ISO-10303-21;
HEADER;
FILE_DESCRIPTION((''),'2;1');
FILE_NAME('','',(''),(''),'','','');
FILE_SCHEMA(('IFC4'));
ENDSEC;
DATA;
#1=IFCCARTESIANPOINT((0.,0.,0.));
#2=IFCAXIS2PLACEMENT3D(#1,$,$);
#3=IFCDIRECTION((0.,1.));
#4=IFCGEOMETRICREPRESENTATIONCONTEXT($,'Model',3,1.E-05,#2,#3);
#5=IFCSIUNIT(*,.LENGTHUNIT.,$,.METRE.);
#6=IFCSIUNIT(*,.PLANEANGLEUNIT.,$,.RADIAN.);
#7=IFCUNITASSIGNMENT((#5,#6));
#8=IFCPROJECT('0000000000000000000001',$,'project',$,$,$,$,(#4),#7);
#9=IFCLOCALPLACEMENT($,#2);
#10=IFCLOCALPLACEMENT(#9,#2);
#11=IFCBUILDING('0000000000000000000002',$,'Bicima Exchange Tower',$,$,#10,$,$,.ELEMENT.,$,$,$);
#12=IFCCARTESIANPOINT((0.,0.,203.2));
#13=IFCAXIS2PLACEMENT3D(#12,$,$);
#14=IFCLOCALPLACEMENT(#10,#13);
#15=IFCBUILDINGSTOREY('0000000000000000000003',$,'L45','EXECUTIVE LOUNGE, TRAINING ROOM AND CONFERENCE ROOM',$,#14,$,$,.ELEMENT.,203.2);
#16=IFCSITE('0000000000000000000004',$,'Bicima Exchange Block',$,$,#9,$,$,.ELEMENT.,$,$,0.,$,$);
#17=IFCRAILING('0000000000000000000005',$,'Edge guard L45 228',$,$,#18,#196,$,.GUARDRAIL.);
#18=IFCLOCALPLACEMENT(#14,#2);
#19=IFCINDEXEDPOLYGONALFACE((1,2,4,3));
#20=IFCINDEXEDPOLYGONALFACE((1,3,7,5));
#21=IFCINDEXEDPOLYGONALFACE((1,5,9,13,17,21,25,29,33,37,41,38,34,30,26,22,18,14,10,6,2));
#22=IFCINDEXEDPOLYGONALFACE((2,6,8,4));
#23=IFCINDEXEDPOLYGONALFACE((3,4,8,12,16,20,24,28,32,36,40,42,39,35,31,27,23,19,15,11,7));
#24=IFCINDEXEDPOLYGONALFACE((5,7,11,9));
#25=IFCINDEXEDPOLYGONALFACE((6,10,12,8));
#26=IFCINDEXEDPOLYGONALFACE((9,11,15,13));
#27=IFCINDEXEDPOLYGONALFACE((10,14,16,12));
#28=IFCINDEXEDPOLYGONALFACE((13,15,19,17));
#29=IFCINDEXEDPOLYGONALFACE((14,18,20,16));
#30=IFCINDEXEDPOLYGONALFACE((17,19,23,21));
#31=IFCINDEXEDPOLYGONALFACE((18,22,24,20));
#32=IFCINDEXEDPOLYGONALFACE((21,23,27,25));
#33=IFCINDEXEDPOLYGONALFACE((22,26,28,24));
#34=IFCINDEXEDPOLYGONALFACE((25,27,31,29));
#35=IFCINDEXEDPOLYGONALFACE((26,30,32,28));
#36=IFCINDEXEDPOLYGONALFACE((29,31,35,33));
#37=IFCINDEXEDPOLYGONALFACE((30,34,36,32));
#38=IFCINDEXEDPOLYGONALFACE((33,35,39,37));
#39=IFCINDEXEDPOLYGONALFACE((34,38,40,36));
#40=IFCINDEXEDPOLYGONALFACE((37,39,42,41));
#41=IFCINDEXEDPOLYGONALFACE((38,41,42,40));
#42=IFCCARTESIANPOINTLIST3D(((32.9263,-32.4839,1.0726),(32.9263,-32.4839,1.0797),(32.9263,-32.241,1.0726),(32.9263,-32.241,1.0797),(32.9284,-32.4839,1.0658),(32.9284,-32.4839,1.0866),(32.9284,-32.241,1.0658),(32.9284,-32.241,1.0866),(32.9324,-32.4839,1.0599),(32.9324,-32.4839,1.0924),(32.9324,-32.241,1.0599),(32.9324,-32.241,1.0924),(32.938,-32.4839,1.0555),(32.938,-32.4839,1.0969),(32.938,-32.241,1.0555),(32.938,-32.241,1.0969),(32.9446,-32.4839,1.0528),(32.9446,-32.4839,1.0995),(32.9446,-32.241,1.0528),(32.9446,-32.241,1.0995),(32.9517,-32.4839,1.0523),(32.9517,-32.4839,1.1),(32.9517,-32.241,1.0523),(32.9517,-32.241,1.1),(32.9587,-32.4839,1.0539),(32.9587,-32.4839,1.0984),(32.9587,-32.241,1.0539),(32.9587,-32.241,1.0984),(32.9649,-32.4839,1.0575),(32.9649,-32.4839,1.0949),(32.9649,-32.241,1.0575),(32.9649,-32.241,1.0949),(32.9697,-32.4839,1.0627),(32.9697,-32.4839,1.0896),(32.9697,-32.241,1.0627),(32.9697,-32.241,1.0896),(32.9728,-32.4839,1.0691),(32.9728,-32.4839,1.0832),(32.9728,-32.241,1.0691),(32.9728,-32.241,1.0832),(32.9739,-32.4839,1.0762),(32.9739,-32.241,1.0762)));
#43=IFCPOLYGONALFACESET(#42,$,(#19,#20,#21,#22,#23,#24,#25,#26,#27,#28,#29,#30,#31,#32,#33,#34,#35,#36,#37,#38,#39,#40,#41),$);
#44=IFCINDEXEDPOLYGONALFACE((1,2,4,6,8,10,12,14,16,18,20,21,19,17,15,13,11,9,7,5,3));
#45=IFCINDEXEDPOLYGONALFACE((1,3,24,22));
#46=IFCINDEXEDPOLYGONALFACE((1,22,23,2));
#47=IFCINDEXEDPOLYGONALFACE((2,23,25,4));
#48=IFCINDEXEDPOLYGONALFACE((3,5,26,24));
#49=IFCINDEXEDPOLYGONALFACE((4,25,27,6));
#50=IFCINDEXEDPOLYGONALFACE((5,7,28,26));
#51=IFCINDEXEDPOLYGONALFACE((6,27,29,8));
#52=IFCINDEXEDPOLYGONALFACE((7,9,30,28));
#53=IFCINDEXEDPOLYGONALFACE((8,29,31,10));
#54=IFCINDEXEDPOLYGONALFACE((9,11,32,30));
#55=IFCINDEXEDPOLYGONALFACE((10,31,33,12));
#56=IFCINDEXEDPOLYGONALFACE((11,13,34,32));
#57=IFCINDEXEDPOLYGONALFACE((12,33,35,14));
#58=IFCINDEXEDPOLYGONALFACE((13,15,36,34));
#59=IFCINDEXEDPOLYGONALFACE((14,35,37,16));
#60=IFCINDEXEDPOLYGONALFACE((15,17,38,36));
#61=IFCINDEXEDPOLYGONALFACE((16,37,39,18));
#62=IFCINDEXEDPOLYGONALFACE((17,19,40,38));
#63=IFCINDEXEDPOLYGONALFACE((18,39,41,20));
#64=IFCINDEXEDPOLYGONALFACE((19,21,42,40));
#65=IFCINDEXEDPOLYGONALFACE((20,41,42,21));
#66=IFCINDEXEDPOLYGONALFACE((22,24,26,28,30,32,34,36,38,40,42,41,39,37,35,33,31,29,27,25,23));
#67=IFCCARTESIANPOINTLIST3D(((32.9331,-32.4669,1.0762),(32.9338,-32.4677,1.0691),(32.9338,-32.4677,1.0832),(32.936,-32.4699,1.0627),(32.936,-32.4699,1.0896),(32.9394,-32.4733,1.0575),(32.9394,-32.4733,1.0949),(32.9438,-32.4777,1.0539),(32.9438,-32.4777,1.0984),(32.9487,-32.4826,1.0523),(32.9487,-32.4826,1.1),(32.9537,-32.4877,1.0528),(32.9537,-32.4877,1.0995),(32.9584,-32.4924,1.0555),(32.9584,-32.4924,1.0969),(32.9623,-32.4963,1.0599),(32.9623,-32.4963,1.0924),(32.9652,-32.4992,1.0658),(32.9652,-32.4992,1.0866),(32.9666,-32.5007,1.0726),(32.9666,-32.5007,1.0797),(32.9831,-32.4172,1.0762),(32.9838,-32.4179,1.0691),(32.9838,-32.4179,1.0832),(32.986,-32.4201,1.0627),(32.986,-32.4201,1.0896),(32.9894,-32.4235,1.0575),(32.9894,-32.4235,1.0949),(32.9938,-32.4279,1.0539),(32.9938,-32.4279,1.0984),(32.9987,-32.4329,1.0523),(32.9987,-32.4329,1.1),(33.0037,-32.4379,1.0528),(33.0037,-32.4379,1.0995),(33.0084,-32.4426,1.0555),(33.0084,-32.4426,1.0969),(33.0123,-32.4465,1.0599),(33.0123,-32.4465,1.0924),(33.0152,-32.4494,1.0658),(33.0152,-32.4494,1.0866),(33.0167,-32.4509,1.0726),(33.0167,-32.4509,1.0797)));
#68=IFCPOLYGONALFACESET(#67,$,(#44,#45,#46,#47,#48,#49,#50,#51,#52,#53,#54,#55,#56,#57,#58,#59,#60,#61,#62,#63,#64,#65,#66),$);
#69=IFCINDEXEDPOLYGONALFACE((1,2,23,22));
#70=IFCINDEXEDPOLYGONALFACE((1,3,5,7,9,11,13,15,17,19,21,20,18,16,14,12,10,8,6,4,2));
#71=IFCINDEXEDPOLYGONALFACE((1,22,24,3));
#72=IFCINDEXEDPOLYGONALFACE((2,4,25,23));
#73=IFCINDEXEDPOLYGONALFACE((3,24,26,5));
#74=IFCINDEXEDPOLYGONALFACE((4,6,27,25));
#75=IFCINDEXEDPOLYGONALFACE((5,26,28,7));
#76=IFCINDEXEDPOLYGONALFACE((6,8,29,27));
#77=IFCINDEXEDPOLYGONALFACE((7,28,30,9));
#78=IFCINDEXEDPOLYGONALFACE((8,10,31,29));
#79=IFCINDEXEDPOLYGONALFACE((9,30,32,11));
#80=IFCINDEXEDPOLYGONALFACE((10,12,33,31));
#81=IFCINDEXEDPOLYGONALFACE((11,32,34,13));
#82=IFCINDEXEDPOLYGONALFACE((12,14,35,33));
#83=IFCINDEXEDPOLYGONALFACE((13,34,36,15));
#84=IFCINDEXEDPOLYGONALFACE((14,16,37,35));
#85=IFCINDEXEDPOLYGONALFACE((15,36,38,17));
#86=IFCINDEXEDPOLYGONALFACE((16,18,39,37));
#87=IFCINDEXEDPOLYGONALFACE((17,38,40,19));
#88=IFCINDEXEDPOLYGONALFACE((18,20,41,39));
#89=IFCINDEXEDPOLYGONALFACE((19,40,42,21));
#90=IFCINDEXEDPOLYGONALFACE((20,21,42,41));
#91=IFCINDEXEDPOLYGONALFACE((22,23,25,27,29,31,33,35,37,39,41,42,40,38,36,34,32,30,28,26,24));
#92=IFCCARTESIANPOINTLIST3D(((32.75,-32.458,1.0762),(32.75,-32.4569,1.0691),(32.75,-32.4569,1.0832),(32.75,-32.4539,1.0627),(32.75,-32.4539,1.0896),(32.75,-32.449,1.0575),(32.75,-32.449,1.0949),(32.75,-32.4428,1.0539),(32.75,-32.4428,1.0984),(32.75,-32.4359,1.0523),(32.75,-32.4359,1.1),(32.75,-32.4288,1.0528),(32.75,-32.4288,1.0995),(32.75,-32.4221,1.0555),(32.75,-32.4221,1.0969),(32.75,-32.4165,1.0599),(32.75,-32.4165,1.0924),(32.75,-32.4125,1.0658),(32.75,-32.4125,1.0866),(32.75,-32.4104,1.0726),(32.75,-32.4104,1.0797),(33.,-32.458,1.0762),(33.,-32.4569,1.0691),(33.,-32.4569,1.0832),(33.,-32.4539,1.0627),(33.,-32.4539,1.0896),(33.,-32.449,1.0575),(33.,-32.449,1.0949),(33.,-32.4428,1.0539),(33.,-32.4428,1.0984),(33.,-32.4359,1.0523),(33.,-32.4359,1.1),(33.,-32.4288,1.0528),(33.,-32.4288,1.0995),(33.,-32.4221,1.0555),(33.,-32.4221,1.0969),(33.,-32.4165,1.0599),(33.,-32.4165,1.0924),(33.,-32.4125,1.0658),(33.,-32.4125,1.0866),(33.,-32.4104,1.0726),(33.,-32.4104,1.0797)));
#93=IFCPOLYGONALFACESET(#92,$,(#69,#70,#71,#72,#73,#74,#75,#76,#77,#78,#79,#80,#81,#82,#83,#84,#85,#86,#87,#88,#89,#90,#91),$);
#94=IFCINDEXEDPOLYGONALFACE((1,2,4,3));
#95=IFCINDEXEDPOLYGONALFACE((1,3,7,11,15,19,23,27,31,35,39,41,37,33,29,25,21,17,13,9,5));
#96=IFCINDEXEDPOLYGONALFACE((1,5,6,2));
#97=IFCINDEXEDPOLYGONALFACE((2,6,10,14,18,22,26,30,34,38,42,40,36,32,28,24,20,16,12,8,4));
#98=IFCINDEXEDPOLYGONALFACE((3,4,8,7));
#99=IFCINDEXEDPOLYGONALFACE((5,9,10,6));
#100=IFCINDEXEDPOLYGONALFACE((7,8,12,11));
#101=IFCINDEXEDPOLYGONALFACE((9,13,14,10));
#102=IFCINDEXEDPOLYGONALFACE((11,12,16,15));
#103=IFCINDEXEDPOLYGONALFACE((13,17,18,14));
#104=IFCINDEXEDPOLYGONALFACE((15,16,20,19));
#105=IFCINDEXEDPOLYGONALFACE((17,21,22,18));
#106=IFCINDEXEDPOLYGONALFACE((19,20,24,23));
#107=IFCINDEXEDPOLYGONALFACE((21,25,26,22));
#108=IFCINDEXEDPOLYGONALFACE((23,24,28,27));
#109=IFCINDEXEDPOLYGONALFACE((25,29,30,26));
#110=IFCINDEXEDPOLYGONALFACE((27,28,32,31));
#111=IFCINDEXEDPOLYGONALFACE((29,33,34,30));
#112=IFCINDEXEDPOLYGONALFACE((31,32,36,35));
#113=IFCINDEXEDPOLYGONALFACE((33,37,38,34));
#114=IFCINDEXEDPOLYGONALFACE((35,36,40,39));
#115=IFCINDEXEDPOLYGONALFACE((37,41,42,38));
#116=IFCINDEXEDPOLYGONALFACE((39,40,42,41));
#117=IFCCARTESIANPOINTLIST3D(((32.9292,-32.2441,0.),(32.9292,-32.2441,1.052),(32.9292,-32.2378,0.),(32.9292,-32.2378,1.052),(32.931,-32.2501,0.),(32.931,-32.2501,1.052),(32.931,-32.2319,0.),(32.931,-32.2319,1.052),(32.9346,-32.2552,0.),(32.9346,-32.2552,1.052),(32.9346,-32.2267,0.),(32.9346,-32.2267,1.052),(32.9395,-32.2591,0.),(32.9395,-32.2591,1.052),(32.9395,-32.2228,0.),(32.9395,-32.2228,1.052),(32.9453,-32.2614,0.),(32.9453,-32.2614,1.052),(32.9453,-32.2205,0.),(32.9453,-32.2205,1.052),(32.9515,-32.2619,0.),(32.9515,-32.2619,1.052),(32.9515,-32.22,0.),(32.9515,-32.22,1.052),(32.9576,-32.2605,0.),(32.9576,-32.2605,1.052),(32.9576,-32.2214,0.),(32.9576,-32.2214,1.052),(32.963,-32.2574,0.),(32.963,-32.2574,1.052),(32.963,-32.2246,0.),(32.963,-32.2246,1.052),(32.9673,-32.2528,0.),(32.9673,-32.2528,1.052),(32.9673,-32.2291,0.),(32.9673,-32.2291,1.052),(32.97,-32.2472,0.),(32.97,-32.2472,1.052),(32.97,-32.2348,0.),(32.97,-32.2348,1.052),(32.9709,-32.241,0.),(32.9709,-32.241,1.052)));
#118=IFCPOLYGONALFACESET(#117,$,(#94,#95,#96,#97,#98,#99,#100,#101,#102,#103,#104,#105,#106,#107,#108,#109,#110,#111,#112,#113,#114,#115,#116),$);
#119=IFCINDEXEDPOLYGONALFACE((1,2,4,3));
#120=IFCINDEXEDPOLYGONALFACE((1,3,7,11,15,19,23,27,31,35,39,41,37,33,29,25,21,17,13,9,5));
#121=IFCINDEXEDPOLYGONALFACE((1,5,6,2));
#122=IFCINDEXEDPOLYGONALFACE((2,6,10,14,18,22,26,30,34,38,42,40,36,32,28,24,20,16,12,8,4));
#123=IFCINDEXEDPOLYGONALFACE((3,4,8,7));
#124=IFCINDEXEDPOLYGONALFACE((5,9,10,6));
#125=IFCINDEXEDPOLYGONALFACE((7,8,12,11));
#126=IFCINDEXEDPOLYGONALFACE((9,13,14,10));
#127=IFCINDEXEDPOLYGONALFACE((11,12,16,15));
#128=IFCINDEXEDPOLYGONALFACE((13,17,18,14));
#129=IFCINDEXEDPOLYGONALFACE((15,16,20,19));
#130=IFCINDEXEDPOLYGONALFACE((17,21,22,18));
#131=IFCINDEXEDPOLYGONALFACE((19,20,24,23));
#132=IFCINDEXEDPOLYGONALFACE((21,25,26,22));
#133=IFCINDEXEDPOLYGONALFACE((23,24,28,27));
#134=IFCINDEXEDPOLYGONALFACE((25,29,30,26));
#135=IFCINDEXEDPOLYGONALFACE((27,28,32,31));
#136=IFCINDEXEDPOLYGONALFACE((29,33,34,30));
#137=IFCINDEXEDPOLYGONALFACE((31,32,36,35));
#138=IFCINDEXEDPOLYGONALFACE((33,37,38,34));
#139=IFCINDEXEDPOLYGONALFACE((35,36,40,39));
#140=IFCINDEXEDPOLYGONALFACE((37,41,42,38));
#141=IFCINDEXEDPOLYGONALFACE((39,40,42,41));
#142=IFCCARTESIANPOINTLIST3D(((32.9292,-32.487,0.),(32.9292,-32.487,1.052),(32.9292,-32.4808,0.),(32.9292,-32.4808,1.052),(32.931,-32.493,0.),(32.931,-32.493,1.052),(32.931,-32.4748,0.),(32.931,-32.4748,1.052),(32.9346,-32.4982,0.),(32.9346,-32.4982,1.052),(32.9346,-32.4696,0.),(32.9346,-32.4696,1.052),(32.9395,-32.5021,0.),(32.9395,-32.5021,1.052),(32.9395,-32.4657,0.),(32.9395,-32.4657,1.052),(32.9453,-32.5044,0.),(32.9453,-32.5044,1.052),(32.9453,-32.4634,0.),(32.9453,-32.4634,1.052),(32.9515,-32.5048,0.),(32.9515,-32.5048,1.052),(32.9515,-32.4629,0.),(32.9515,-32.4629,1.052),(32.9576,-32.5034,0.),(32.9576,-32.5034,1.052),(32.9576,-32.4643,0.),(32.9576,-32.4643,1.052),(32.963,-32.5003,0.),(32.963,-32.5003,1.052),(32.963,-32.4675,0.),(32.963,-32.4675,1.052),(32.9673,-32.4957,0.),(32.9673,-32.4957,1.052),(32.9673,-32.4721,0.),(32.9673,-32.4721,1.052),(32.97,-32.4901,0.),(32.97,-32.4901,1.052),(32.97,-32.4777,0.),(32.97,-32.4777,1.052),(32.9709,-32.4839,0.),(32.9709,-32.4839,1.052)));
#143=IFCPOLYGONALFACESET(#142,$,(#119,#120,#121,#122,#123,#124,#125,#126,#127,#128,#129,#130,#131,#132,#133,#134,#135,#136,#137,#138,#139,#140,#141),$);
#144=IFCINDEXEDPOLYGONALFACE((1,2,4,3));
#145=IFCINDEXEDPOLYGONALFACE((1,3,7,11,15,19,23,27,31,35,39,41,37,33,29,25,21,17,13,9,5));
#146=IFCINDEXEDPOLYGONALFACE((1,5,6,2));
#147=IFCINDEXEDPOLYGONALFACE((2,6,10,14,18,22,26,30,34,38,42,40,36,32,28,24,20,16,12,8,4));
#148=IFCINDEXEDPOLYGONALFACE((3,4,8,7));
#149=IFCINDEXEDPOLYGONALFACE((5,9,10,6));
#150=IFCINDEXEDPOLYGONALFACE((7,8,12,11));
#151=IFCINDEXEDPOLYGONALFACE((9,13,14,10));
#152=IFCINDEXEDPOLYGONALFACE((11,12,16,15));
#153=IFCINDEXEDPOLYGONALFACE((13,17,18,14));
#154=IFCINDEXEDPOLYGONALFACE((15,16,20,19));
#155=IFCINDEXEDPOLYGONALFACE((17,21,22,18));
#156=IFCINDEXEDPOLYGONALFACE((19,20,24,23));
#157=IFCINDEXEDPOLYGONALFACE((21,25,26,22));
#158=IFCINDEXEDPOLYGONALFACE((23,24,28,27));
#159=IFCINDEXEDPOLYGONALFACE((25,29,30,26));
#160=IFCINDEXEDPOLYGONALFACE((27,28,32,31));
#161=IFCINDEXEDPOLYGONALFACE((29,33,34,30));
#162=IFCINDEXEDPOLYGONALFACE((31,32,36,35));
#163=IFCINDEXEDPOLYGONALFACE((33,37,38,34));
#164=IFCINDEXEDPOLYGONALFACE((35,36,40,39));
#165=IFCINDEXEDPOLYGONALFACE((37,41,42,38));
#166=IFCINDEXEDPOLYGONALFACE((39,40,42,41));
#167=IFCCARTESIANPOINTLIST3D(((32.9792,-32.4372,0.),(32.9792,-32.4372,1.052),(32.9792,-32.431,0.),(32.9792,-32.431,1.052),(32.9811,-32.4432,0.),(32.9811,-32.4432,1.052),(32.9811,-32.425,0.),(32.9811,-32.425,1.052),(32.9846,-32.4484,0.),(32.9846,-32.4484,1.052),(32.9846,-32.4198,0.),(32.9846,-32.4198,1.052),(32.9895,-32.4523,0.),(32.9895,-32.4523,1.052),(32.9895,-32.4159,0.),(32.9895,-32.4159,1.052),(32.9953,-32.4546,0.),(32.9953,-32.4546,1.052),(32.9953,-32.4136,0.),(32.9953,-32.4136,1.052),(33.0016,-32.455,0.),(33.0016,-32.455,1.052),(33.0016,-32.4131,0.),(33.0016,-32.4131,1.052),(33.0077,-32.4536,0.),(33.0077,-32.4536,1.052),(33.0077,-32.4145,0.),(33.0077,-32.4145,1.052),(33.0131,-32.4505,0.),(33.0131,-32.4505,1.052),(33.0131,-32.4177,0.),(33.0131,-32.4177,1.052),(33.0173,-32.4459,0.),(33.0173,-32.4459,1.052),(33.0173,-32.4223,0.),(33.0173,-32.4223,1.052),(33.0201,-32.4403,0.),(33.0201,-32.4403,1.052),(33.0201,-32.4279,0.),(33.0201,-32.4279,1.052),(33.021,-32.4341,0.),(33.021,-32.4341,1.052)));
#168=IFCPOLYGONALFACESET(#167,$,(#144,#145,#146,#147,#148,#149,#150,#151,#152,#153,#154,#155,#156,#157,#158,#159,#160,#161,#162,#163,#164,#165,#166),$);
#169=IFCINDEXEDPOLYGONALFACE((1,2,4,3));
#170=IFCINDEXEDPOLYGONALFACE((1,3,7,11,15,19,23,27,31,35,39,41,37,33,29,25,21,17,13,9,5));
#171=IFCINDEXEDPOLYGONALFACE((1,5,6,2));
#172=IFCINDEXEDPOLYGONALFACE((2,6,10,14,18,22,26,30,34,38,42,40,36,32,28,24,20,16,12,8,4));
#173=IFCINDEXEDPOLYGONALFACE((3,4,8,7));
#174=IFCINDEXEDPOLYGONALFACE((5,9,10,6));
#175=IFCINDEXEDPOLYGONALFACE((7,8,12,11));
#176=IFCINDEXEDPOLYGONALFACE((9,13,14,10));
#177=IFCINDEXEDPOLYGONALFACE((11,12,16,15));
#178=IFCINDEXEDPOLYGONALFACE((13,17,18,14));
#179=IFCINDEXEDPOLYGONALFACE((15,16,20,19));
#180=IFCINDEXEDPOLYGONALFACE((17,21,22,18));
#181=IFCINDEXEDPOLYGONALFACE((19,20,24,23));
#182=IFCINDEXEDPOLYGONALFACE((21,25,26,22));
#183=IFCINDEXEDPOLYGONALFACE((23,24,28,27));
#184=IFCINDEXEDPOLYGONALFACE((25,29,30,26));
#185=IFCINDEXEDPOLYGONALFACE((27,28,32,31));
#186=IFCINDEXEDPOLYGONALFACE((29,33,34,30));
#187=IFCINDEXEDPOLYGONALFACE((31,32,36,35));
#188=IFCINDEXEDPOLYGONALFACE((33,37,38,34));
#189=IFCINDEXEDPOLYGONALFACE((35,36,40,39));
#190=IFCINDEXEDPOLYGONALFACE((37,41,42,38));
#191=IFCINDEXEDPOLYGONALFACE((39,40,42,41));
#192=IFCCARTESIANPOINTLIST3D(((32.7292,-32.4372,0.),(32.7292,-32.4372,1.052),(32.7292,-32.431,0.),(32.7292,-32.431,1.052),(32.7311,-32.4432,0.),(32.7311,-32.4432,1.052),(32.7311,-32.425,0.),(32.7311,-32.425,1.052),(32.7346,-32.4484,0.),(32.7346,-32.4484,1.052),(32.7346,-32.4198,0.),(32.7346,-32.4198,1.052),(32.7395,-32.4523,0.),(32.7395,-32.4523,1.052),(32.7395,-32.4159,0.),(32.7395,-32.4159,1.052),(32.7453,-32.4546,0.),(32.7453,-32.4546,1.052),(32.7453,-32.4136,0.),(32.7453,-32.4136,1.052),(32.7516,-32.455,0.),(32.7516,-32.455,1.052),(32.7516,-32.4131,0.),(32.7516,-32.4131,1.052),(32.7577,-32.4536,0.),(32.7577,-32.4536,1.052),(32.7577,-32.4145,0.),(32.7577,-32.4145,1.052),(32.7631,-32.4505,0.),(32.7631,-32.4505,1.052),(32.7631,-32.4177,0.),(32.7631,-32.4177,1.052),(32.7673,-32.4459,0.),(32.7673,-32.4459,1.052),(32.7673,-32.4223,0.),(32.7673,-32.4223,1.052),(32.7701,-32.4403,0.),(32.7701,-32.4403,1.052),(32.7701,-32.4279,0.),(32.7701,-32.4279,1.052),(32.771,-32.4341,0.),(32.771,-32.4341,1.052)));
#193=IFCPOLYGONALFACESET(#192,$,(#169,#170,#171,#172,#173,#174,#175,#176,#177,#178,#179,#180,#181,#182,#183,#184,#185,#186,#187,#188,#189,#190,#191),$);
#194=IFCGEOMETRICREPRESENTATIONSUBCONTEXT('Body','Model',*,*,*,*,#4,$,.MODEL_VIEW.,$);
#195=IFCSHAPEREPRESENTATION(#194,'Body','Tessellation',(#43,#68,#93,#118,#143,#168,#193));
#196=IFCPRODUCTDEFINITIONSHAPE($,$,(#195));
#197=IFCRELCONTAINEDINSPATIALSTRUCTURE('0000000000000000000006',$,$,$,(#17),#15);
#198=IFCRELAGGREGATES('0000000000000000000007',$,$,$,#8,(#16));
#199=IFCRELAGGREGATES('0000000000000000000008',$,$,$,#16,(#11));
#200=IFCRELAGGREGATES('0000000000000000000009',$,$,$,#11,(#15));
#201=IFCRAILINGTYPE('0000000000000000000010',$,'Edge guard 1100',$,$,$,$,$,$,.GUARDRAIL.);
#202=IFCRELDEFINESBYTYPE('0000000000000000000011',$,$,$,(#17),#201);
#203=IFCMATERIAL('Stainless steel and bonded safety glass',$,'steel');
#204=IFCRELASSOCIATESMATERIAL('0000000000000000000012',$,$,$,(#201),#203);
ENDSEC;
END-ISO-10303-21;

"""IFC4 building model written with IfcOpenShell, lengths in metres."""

from ifc_helpers import new_model, si_unit, direction, frame, origin, origin_2d, place, context, subcontext, project, spatial, circle, extrude, material, type_object, element, save


model = new_model("IFC4")

# Units and contexts
model_context = context("Model", 3, precision=1e-05, world=origin(), true_north=direction((0.0, 1.0)))
body_context = subcontext(model_context, "Body", "Model", "MODEL_VIEW")
ifc_project = project(units=[si_unit("LENGTHUNIT", "METRE"), si_unit("PLANEANGLEUNIT", "RADIAN")], contexts=[model_context])

# Site, building, storey
site_placement = place(None, origin())
site = spatial("IfcSite", under=ifc_project, at=site_placement, Name="Bicima Exchange Block", CompositionType="ELEMENT", RefElevation=0.0)
building_placement = place(site_placement, origin())
building = spatial("IfcBuilding", under=site, at=building_placement, Name="Bicima Exchange Tower", CompositionType="ELEMENT")
storey_placement = place(building_placement, frame((0.0, 0.0, 203.2)))
storey = spatial("IfcBuildingStorey", under=building, at=storey_placement, Name="L45", Description="EXECUTIVE LOUNGE, TRAINING ROOM AND CONFERENCE ROOM", CompositionType="ELEMENT", Elevation=203.2)

# Railing
ifc_material_1 = material(Name="Stainless steel and bonded safety glass", Category="steel")
railing_type = type_object("IfcRailingType", Name="Edge guard 1100", PredefinedType="GUARDRAIL", material=ifc_material_1)
railing_1_placement = place(storey_placement, frame((32.95, -32.241, 0.0)))
element("IfcRailing", 1, at=railing_1_placement, inside=storey, type_object=railing_type, Name="Edge guard L45 228", PredefinedType="GUARDRAIL", context=body_context, shape_type="SweptSolid", body=[
    extrude(circle(Radius=0.0239, at=origin_2d()), frame((0.0, 0.0, 1.0762), z_axis=(0.0, -1.0, 0.0), x_axis=(1.0, 0.0, 0.0)), (0.0, 0.0, 1.0), 0.2429),
    extrude(circle(Radius=0.0239, at=origin_2d()), frame((0.0, -0.2429, 1.0762), z_axis=(0.708834, 0.705376, 0.0), x_axis=(-0.705376, 0.708834, 0.0)), (0.0, 0.0, 1.0), 0.0706),
    extrude(circle(Radius=0.0239, at=origin_2d()), frame((0.05, -0.1931, 1.0762), z_axis=(-1.0, 0.0, 0.0), x_axis=(0.0, -1.0, 0.0)), (0.0, 0.0, 1.0), 0.25),
    extrude(circle(Radius=0.021, at=origin_2d()), origin(), (0.0, 0.0, 1.0), 1.052),
    extrude(circle(Radius=0.021, at=origin_2d()), frame((0.0, -0.2429, 0.0)), (0.0, 0.0, 1.0), 1.052),
    extrude(circle(Radius=0.021, at=origin_2d()), frame((0.05, -0.1931, 0.0)), (0.0, 0.0, 1.0), 1.052),
    extrude(circle(Radius=0.021, at=origin_2d()), frame((-0.2, -0.1931, 0.0)), (0.0, 0.0, 1.0), 1.052),
])

save(model, "model.ifc")
